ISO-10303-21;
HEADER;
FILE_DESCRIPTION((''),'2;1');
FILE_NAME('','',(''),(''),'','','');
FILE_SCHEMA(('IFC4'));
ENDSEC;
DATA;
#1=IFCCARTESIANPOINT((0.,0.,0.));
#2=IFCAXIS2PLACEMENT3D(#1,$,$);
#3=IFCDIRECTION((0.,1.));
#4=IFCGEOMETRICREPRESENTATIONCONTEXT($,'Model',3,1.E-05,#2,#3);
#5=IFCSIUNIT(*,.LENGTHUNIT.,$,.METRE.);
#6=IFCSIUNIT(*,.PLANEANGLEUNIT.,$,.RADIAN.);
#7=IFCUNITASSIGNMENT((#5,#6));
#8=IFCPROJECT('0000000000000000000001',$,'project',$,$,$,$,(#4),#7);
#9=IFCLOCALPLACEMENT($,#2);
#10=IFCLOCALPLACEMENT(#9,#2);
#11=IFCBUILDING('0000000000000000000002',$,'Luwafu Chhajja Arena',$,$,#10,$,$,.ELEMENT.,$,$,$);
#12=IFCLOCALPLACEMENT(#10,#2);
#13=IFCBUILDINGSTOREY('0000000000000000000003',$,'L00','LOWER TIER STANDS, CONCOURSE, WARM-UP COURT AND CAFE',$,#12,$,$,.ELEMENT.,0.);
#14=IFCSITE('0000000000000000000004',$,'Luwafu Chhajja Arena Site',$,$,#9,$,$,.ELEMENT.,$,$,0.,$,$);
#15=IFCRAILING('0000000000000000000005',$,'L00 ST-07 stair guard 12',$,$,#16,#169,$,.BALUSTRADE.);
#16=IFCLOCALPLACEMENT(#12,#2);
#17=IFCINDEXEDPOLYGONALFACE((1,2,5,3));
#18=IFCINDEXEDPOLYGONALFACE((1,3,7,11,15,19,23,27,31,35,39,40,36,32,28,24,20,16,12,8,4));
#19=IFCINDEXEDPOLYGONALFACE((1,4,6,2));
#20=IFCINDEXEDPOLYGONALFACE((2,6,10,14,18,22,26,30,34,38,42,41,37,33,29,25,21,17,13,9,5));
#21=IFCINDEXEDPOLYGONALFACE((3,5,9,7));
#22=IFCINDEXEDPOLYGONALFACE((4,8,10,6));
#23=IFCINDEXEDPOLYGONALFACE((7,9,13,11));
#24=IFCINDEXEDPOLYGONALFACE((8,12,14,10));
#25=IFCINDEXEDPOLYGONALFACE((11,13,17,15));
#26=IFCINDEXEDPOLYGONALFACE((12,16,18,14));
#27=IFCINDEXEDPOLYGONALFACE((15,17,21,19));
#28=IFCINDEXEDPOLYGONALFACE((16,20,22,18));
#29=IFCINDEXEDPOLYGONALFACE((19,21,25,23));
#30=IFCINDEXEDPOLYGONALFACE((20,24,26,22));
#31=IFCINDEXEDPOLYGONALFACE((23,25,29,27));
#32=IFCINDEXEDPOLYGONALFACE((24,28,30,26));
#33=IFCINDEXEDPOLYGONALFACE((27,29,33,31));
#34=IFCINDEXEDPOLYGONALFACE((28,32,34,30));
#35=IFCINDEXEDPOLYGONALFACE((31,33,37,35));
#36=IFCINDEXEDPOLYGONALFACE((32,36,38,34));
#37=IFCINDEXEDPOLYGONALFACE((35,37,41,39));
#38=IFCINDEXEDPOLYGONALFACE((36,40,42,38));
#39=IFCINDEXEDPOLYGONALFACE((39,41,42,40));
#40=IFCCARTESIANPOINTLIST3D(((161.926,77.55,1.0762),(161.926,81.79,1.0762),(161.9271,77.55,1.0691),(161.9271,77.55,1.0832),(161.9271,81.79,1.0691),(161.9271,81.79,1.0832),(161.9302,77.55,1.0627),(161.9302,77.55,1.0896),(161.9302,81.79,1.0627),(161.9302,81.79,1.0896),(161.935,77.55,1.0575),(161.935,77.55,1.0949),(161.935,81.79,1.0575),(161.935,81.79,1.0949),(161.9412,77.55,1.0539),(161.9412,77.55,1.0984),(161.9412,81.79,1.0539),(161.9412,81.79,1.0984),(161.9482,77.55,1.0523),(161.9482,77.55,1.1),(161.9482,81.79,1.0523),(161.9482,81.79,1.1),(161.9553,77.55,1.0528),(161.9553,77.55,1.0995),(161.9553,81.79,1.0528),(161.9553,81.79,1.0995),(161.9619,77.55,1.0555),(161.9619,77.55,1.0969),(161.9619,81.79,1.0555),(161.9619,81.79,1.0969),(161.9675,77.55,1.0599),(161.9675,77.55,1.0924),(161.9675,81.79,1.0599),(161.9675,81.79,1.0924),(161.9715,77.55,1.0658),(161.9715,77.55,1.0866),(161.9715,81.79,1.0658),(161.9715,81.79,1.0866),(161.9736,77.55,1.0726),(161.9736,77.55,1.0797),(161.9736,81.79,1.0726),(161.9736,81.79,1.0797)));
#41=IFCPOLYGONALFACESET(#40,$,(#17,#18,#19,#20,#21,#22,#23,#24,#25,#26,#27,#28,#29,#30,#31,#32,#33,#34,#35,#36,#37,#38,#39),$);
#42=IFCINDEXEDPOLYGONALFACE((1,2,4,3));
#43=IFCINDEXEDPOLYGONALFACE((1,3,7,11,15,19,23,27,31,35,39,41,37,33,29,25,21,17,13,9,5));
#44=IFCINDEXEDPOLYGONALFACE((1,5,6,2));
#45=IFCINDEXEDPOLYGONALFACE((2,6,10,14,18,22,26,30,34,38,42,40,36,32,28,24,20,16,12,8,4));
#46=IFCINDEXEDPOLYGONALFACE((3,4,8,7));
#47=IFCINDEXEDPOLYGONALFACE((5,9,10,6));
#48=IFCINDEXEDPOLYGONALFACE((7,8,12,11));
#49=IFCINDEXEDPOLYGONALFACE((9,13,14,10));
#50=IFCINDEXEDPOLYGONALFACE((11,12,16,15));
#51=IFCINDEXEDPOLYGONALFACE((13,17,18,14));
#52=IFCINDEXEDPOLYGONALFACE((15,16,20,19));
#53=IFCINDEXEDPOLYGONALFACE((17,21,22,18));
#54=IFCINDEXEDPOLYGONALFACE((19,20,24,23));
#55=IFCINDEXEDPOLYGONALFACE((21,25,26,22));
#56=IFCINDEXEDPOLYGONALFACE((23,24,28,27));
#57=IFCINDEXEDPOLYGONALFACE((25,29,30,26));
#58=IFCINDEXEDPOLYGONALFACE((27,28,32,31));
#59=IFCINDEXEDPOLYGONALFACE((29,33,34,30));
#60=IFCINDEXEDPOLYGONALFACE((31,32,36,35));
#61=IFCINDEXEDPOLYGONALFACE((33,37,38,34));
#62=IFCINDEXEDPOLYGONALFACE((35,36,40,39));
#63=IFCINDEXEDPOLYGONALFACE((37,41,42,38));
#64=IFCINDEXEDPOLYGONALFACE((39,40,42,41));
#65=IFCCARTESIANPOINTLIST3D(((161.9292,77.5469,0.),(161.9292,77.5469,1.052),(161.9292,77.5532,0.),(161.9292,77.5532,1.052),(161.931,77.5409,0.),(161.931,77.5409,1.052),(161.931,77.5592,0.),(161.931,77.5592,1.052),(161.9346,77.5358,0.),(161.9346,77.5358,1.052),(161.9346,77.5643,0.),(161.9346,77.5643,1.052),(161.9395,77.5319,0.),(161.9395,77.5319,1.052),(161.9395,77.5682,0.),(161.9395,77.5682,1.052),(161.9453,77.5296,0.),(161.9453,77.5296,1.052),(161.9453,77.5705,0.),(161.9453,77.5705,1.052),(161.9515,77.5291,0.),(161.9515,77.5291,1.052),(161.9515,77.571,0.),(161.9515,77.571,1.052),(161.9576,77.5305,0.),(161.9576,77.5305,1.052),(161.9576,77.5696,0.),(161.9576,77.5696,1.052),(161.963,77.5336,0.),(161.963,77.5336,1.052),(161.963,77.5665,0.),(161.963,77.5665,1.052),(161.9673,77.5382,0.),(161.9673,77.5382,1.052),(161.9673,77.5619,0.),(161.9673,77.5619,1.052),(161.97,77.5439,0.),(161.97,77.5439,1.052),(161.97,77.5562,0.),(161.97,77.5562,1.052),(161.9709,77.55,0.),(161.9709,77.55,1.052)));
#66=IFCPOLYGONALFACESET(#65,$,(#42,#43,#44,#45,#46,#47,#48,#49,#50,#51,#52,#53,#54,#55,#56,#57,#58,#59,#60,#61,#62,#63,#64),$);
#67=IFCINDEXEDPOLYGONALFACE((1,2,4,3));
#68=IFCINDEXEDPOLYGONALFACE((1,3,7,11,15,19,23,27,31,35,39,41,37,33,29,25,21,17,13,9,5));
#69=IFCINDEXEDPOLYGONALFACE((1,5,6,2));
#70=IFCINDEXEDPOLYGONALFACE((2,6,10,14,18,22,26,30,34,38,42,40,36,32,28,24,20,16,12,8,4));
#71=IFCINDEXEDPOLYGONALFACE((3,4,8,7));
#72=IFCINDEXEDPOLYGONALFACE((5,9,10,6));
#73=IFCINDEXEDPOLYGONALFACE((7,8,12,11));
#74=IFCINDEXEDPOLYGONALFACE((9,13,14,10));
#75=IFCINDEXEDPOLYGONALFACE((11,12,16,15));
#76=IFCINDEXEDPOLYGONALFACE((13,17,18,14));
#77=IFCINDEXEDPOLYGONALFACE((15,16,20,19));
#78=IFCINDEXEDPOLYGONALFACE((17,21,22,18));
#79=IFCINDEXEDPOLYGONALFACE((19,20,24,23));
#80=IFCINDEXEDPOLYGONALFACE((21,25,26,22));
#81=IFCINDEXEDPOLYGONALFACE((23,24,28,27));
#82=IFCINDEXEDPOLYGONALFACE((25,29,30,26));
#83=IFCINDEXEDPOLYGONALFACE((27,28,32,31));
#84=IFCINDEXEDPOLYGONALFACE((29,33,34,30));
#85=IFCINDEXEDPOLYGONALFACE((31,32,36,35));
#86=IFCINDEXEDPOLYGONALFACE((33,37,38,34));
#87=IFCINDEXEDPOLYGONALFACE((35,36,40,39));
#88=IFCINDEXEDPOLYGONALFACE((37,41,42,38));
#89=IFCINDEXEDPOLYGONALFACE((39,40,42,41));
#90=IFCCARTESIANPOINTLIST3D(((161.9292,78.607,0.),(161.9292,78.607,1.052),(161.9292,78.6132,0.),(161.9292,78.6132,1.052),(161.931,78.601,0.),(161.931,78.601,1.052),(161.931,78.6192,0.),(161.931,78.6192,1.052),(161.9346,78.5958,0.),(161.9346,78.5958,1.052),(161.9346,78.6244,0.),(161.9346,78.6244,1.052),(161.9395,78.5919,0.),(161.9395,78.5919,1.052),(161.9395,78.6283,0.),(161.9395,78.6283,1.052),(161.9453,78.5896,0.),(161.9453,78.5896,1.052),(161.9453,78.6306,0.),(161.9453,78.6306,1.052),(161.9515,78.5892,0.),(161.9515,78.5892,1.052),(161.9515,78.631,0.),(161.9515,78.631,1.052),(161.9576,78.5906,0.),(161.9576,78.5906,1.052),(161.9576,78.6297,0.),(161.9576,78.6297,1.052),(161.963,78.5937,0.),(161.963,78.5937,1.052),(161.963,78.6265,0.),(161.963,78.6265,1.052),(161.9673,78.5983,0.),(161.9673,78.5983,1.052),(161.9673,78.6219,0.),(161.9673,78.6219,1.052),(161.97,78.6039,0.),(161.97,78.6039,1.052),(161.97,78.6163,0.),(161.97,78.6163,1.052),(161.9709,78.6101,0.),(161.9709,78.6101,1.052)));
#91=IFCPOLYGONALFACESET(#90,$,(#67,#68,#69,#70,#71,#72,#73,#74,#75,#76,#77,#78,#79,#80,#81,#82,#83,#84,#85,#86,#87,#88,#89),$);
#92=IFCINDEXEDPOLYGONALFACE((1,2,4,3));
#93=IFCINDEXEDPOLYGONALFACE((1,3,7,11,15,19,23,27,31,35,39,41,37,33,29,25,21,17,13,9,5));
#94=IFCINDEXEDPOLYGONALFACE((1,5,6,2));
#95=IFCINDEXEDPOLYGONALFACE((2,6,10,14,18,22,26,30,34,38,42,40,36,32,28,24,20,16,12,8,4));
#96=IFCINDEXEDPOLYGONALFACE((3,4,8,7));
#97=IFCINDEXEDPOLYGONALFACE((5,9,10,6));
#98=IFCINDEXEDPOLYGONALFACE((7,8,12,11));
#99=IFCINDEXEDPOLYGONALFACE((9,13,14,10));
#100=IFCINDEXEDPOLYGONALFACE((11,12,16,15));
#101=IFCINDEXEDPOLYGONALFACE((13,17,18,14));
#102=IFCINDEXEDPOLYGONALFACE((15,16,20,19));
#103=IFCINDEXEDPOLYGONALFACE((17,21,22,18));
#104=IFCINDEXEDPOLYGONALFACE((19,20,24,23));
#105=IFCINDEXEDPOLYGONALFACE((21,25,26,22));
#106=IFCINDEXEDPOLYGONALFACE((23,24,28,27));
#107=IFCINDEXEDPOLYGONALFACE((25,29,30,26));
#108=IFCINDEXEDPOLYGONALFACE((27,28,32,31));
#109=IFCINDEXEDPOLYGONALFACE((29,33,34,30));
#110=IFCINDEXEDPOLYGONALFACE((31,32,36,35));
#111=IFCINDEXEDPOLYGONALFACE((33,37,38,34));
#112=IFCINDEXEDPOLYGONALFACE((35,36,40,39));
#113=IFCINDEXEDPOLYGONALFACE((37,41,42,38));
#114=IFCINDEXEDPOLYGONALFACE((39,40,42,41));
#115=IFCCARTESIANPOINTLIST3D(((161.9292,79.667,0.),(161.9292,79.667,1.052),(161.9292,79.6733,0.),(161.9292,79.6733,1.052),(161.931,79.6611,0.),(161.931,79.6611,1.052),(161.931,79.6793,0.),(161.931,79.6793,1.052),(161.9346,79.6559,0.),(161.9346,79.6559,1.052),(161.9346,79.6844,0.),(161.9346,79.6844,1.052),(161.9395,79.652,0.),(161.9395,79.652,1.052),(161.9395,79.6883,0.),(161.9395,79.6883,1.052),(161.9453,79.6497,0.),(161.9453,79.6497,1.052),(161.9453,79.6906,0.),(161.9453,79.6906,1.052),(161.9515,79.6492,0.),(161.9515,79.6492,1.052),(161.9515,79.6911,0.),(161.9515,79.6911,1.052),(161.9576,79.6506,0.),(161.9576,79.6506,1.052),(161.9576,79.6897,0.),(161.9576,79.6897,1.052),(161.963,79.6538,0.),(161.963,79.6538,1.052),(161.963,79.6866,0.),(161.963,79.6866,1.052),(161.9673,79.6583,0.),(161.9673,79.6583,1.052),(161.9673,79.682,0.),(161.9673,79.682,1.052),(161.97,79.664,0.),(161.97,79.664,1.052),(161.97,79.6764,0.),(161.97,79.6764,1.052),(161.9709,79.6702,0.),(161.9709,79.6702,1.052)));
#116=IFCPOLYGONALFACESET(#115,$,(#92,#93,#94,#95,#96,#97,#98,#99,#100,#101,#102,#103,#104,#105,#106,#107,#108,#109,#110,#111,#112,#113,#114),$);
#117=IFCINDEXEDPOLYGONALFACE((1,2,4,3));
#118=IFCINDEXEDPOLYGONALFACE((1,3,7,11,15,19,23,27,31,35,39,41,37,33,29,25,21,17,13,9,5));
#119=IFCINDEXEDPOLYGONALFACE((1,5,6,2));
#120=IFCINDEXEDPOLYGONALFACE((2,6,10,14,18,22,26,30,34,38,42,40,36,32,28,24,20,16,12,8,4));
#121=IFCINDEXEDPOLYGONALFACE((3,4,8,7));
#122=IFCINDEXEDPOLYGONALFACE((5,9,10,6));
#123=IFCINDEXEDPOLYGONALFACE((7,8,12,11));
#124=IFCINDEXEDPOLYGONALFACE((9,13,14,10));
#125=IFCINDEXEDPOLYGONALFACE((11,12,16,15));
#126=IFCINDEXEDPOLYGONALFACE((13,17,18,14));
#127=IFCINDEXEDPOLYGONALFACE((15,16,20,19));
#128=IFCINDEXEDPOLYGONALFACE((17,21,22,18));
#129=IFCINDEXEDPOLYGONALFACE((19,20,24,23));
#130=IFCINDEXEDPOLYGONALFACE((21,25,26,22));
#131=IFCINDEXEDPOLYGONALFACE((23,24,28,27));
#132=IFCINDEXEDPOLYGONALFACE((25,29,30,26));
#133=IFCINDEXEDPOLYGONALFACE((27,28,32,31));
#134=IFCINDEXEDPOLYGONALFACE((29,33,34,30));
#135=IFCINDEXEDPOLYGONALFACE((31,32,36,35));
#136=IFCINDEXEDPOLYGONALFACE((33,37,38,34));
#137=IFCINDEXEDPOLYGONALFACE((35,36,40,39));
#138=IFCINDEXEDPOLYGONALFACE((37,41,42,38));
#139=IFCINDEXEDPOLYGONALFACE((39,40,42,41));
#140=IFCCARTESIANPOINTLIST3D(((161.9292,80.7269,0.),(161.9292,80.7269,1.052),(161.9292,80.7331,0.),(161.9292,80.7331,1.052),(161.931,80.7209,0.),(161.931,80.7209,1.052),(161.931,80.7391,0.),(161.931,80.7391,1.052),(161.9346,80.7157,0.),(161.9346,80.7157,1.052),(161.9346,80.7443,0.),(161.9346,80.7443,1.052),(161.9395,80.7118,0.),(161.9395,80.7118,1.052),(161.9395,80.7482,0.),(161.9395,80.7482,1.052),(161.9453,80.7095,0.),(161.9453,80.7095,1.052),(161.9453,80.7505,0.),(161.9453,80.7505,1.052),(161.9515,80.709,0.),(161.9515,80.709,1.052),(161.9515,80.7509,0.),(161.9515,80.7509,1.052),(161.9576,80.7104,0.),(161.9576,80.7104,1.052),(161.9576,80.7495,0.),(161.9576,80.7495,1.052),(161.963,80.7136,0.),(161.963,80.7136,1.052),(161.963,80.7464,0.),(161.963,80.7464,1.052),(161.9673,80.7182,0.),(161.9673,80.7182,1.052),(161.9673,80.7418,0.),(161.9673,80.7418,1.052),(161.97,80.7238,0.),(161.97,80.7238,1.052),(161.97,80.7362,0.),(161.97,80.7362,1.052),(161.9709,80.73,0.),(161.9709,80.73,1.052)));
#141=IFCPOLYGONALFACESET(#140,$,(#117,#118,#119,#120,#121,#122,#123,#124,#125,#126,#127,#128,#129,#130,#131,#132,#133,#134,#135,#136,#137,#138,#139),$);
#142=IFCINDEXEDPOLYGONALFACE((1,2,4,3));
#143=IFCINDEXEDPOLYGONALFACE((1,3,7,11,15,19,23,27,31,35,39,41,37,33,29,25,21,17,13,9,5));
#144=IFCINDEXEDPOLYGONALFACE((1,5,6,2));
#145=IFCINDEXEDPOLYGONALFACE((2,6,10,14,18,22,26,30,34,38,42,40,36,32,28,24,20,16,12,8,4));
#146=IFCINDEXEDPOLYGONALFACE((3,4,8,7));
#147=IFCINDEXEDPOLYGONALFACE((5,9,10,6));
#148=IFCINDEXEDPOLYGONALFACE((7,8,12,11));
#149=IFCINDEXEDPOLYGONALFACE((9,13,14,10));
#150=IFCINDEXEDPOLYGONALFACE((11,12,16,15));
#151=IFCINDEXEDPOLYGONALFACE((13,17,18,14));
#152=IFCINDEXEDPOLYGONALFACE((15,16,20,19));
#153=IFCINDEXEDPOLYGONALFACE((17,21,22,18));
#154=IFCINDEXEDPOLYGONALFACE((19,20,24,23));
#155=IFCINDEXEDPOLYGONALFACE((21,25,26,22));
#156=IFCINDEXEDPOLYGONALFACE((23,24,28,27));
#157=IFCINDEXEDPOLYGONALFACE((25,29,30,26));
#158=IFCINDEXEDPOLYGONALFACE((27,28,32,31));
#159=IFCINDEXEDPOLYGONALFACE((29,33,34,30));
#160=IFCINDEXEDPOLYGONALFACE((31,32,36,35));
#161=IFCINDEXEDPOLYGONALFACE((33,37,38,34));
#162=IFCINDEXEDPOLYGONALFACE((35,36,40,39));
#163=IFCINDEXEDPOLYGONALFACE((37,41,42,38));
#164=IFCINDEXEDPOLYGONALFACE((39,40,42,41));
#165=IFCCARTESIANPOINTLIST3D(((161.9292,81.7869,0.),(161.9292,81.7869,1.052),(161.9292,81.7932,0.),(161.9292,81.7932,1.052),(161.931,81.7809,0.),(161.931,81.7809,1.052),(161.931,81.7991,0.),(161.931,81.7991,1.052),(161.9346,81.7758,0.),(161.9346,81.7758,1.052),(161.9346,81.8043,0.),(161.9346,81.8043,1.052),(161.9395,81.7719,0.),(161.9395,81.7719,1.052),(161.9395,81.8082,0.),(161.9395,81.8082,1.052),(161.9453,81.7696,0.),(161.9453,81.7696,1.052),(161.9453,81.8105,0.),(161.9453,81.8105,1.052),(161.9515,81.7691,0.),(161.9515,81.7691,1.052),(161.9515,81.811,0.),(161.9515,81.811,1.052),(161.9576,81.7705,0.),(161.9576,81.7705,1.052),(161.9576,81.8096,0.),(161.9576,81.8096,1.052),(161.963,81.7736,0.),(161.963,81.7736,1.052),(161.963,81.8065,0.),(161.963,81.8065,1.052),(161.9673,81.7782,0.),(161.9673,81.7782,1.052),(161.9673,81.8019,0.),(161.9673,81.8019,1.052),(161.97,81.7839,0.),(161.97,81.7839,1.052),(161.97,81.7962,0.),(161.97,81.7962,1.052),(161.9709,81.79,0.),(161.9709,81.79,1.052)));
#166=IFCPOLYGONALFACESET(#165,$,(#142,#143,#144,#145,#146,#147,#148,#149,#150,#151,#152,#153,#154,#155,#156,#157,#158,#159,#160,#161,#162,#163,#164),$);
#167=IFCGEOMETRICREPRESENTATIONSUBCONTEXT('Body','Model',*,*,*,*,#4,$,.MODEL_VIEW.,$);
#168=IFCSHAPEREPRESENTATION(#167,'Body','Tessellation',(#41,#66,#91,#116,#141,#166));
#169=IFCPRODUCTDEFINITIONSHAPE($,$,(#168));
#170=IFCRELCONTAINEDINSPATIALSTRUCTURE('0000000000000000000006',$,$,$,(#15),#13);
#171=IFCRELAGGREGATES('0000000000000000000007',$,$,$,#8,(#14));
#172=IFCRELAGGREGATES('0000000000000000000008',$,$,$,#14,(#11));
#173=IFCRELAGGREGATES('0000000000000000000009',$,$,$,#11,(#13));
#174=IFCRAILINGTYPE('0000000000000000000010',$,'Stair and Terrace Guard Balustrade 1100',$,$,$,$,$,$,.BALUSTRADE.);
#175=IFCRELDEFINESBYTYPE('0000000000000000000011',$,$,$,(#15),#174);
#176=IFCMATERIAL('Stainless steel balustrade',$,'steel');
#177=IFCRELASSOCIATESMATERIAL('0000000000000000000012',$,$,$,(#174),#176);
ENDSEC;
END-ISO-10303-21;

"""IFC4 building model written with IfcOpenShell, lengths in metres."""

from ifc_helpers import new_model, si_unit, direction, frame, origin, origin_2d, place, context, subcontext, project, spatial, circle, extrude, material, type_object, element, save


model = new_model("IFC4")

# Units and contexts
model_context = context("Model", 3, precision=1e-05, world=origin(), true_north=direction((0.0, 1.0)))
body_context = subcontext(model_context, "Body", "Model", "MODEL_VIEW")
ifc_project = project(units=[si_unit("LENGTHUNIT", "METRE"), si_unit("PLANEANGLEUNIT", "RADIAN")], contexts=[model_context])

# Site, building, storey
site_placement = place(None, origin())
site = spatial("IfcSite", under=ifc_project, at=site_placement, Name="Luwafu Chhajja Arena Site", CompositionType="ELEMENT", RefElevation=0.0)
building_placement = place(site_placement, origin())
building = spatial("IfcBuilding", under=site, at=building_placement, Name="Luwafu Chhajja Arena", CompositionType="ELEMENT")
storey_placement = place(building_placement, origin())
storey = spatial("IfcBuildingStorey", under=building, at=storey_placement, Name="L00", Description="LOWER TIER STANDS, CONCOURSE, WARM-UP COURT AND CAFE", CompositionType="ELEMENT", Elevation=0.0)

# Railing
ifc_material_1 = material(Name="Stainless steel balustrade", Category="steel")
railing_type_1 = type_object("IfcRailingType", Name="Stair and Terrace Guard Balustrade 1100", PredefinedType="BALUSTRADE", material=ifc_material_1)
for number, where, name in (
    (1, (161.95, 77.55, 0.0), "L00 ST-07 stair guard 12"),
):
    element("IfcRailing", number, at=place(storey_placement, frame(where)), inside=storey, type_object=railing_type_1, Name=name, PredefinedType="BALUSTRADE", context=body_context, shape_type="SweptSolid", body=[
        extrude(circle(Radius=0.0239, at=origin_2d()), frame((0.0, 0.0, 1.0762), z_axis=(0.0, 1.0, 0.0), x_axis=(-1.0, 0.0, 0.0)), (0.0, 0.0, 1.0), 4.24),
        extrude(circle(Radius=0.021, at=origin_2d()), origin(), (0.0, 0.0, 1.0), 1.052),
        extrude(circle(Radius=0.021, at=origin_2d()), frame((0.0, 1.0601, 0.0)), (0.0, 0.0, 1.0), 1.052),
        extrude(circle(Radius=0.021, at=origin_2d()), frame((0.0, 2.1201, 0.0)), (0.0, 0.0, 1.0), 1.052),
        extrude(circle(Radius=0.021, at=origin_2d()), frame((0.0, 3.1799, 0.0)), (0.0, 0.0, 1.0), 1.052),
        extrude(circle(Radius=0.021, at=origin_2d()), frame((0.0, 4.24, 0.0)), (0.0, 0.0, 1.0), 1.052),
    ])

save(model, "model.ifc")
